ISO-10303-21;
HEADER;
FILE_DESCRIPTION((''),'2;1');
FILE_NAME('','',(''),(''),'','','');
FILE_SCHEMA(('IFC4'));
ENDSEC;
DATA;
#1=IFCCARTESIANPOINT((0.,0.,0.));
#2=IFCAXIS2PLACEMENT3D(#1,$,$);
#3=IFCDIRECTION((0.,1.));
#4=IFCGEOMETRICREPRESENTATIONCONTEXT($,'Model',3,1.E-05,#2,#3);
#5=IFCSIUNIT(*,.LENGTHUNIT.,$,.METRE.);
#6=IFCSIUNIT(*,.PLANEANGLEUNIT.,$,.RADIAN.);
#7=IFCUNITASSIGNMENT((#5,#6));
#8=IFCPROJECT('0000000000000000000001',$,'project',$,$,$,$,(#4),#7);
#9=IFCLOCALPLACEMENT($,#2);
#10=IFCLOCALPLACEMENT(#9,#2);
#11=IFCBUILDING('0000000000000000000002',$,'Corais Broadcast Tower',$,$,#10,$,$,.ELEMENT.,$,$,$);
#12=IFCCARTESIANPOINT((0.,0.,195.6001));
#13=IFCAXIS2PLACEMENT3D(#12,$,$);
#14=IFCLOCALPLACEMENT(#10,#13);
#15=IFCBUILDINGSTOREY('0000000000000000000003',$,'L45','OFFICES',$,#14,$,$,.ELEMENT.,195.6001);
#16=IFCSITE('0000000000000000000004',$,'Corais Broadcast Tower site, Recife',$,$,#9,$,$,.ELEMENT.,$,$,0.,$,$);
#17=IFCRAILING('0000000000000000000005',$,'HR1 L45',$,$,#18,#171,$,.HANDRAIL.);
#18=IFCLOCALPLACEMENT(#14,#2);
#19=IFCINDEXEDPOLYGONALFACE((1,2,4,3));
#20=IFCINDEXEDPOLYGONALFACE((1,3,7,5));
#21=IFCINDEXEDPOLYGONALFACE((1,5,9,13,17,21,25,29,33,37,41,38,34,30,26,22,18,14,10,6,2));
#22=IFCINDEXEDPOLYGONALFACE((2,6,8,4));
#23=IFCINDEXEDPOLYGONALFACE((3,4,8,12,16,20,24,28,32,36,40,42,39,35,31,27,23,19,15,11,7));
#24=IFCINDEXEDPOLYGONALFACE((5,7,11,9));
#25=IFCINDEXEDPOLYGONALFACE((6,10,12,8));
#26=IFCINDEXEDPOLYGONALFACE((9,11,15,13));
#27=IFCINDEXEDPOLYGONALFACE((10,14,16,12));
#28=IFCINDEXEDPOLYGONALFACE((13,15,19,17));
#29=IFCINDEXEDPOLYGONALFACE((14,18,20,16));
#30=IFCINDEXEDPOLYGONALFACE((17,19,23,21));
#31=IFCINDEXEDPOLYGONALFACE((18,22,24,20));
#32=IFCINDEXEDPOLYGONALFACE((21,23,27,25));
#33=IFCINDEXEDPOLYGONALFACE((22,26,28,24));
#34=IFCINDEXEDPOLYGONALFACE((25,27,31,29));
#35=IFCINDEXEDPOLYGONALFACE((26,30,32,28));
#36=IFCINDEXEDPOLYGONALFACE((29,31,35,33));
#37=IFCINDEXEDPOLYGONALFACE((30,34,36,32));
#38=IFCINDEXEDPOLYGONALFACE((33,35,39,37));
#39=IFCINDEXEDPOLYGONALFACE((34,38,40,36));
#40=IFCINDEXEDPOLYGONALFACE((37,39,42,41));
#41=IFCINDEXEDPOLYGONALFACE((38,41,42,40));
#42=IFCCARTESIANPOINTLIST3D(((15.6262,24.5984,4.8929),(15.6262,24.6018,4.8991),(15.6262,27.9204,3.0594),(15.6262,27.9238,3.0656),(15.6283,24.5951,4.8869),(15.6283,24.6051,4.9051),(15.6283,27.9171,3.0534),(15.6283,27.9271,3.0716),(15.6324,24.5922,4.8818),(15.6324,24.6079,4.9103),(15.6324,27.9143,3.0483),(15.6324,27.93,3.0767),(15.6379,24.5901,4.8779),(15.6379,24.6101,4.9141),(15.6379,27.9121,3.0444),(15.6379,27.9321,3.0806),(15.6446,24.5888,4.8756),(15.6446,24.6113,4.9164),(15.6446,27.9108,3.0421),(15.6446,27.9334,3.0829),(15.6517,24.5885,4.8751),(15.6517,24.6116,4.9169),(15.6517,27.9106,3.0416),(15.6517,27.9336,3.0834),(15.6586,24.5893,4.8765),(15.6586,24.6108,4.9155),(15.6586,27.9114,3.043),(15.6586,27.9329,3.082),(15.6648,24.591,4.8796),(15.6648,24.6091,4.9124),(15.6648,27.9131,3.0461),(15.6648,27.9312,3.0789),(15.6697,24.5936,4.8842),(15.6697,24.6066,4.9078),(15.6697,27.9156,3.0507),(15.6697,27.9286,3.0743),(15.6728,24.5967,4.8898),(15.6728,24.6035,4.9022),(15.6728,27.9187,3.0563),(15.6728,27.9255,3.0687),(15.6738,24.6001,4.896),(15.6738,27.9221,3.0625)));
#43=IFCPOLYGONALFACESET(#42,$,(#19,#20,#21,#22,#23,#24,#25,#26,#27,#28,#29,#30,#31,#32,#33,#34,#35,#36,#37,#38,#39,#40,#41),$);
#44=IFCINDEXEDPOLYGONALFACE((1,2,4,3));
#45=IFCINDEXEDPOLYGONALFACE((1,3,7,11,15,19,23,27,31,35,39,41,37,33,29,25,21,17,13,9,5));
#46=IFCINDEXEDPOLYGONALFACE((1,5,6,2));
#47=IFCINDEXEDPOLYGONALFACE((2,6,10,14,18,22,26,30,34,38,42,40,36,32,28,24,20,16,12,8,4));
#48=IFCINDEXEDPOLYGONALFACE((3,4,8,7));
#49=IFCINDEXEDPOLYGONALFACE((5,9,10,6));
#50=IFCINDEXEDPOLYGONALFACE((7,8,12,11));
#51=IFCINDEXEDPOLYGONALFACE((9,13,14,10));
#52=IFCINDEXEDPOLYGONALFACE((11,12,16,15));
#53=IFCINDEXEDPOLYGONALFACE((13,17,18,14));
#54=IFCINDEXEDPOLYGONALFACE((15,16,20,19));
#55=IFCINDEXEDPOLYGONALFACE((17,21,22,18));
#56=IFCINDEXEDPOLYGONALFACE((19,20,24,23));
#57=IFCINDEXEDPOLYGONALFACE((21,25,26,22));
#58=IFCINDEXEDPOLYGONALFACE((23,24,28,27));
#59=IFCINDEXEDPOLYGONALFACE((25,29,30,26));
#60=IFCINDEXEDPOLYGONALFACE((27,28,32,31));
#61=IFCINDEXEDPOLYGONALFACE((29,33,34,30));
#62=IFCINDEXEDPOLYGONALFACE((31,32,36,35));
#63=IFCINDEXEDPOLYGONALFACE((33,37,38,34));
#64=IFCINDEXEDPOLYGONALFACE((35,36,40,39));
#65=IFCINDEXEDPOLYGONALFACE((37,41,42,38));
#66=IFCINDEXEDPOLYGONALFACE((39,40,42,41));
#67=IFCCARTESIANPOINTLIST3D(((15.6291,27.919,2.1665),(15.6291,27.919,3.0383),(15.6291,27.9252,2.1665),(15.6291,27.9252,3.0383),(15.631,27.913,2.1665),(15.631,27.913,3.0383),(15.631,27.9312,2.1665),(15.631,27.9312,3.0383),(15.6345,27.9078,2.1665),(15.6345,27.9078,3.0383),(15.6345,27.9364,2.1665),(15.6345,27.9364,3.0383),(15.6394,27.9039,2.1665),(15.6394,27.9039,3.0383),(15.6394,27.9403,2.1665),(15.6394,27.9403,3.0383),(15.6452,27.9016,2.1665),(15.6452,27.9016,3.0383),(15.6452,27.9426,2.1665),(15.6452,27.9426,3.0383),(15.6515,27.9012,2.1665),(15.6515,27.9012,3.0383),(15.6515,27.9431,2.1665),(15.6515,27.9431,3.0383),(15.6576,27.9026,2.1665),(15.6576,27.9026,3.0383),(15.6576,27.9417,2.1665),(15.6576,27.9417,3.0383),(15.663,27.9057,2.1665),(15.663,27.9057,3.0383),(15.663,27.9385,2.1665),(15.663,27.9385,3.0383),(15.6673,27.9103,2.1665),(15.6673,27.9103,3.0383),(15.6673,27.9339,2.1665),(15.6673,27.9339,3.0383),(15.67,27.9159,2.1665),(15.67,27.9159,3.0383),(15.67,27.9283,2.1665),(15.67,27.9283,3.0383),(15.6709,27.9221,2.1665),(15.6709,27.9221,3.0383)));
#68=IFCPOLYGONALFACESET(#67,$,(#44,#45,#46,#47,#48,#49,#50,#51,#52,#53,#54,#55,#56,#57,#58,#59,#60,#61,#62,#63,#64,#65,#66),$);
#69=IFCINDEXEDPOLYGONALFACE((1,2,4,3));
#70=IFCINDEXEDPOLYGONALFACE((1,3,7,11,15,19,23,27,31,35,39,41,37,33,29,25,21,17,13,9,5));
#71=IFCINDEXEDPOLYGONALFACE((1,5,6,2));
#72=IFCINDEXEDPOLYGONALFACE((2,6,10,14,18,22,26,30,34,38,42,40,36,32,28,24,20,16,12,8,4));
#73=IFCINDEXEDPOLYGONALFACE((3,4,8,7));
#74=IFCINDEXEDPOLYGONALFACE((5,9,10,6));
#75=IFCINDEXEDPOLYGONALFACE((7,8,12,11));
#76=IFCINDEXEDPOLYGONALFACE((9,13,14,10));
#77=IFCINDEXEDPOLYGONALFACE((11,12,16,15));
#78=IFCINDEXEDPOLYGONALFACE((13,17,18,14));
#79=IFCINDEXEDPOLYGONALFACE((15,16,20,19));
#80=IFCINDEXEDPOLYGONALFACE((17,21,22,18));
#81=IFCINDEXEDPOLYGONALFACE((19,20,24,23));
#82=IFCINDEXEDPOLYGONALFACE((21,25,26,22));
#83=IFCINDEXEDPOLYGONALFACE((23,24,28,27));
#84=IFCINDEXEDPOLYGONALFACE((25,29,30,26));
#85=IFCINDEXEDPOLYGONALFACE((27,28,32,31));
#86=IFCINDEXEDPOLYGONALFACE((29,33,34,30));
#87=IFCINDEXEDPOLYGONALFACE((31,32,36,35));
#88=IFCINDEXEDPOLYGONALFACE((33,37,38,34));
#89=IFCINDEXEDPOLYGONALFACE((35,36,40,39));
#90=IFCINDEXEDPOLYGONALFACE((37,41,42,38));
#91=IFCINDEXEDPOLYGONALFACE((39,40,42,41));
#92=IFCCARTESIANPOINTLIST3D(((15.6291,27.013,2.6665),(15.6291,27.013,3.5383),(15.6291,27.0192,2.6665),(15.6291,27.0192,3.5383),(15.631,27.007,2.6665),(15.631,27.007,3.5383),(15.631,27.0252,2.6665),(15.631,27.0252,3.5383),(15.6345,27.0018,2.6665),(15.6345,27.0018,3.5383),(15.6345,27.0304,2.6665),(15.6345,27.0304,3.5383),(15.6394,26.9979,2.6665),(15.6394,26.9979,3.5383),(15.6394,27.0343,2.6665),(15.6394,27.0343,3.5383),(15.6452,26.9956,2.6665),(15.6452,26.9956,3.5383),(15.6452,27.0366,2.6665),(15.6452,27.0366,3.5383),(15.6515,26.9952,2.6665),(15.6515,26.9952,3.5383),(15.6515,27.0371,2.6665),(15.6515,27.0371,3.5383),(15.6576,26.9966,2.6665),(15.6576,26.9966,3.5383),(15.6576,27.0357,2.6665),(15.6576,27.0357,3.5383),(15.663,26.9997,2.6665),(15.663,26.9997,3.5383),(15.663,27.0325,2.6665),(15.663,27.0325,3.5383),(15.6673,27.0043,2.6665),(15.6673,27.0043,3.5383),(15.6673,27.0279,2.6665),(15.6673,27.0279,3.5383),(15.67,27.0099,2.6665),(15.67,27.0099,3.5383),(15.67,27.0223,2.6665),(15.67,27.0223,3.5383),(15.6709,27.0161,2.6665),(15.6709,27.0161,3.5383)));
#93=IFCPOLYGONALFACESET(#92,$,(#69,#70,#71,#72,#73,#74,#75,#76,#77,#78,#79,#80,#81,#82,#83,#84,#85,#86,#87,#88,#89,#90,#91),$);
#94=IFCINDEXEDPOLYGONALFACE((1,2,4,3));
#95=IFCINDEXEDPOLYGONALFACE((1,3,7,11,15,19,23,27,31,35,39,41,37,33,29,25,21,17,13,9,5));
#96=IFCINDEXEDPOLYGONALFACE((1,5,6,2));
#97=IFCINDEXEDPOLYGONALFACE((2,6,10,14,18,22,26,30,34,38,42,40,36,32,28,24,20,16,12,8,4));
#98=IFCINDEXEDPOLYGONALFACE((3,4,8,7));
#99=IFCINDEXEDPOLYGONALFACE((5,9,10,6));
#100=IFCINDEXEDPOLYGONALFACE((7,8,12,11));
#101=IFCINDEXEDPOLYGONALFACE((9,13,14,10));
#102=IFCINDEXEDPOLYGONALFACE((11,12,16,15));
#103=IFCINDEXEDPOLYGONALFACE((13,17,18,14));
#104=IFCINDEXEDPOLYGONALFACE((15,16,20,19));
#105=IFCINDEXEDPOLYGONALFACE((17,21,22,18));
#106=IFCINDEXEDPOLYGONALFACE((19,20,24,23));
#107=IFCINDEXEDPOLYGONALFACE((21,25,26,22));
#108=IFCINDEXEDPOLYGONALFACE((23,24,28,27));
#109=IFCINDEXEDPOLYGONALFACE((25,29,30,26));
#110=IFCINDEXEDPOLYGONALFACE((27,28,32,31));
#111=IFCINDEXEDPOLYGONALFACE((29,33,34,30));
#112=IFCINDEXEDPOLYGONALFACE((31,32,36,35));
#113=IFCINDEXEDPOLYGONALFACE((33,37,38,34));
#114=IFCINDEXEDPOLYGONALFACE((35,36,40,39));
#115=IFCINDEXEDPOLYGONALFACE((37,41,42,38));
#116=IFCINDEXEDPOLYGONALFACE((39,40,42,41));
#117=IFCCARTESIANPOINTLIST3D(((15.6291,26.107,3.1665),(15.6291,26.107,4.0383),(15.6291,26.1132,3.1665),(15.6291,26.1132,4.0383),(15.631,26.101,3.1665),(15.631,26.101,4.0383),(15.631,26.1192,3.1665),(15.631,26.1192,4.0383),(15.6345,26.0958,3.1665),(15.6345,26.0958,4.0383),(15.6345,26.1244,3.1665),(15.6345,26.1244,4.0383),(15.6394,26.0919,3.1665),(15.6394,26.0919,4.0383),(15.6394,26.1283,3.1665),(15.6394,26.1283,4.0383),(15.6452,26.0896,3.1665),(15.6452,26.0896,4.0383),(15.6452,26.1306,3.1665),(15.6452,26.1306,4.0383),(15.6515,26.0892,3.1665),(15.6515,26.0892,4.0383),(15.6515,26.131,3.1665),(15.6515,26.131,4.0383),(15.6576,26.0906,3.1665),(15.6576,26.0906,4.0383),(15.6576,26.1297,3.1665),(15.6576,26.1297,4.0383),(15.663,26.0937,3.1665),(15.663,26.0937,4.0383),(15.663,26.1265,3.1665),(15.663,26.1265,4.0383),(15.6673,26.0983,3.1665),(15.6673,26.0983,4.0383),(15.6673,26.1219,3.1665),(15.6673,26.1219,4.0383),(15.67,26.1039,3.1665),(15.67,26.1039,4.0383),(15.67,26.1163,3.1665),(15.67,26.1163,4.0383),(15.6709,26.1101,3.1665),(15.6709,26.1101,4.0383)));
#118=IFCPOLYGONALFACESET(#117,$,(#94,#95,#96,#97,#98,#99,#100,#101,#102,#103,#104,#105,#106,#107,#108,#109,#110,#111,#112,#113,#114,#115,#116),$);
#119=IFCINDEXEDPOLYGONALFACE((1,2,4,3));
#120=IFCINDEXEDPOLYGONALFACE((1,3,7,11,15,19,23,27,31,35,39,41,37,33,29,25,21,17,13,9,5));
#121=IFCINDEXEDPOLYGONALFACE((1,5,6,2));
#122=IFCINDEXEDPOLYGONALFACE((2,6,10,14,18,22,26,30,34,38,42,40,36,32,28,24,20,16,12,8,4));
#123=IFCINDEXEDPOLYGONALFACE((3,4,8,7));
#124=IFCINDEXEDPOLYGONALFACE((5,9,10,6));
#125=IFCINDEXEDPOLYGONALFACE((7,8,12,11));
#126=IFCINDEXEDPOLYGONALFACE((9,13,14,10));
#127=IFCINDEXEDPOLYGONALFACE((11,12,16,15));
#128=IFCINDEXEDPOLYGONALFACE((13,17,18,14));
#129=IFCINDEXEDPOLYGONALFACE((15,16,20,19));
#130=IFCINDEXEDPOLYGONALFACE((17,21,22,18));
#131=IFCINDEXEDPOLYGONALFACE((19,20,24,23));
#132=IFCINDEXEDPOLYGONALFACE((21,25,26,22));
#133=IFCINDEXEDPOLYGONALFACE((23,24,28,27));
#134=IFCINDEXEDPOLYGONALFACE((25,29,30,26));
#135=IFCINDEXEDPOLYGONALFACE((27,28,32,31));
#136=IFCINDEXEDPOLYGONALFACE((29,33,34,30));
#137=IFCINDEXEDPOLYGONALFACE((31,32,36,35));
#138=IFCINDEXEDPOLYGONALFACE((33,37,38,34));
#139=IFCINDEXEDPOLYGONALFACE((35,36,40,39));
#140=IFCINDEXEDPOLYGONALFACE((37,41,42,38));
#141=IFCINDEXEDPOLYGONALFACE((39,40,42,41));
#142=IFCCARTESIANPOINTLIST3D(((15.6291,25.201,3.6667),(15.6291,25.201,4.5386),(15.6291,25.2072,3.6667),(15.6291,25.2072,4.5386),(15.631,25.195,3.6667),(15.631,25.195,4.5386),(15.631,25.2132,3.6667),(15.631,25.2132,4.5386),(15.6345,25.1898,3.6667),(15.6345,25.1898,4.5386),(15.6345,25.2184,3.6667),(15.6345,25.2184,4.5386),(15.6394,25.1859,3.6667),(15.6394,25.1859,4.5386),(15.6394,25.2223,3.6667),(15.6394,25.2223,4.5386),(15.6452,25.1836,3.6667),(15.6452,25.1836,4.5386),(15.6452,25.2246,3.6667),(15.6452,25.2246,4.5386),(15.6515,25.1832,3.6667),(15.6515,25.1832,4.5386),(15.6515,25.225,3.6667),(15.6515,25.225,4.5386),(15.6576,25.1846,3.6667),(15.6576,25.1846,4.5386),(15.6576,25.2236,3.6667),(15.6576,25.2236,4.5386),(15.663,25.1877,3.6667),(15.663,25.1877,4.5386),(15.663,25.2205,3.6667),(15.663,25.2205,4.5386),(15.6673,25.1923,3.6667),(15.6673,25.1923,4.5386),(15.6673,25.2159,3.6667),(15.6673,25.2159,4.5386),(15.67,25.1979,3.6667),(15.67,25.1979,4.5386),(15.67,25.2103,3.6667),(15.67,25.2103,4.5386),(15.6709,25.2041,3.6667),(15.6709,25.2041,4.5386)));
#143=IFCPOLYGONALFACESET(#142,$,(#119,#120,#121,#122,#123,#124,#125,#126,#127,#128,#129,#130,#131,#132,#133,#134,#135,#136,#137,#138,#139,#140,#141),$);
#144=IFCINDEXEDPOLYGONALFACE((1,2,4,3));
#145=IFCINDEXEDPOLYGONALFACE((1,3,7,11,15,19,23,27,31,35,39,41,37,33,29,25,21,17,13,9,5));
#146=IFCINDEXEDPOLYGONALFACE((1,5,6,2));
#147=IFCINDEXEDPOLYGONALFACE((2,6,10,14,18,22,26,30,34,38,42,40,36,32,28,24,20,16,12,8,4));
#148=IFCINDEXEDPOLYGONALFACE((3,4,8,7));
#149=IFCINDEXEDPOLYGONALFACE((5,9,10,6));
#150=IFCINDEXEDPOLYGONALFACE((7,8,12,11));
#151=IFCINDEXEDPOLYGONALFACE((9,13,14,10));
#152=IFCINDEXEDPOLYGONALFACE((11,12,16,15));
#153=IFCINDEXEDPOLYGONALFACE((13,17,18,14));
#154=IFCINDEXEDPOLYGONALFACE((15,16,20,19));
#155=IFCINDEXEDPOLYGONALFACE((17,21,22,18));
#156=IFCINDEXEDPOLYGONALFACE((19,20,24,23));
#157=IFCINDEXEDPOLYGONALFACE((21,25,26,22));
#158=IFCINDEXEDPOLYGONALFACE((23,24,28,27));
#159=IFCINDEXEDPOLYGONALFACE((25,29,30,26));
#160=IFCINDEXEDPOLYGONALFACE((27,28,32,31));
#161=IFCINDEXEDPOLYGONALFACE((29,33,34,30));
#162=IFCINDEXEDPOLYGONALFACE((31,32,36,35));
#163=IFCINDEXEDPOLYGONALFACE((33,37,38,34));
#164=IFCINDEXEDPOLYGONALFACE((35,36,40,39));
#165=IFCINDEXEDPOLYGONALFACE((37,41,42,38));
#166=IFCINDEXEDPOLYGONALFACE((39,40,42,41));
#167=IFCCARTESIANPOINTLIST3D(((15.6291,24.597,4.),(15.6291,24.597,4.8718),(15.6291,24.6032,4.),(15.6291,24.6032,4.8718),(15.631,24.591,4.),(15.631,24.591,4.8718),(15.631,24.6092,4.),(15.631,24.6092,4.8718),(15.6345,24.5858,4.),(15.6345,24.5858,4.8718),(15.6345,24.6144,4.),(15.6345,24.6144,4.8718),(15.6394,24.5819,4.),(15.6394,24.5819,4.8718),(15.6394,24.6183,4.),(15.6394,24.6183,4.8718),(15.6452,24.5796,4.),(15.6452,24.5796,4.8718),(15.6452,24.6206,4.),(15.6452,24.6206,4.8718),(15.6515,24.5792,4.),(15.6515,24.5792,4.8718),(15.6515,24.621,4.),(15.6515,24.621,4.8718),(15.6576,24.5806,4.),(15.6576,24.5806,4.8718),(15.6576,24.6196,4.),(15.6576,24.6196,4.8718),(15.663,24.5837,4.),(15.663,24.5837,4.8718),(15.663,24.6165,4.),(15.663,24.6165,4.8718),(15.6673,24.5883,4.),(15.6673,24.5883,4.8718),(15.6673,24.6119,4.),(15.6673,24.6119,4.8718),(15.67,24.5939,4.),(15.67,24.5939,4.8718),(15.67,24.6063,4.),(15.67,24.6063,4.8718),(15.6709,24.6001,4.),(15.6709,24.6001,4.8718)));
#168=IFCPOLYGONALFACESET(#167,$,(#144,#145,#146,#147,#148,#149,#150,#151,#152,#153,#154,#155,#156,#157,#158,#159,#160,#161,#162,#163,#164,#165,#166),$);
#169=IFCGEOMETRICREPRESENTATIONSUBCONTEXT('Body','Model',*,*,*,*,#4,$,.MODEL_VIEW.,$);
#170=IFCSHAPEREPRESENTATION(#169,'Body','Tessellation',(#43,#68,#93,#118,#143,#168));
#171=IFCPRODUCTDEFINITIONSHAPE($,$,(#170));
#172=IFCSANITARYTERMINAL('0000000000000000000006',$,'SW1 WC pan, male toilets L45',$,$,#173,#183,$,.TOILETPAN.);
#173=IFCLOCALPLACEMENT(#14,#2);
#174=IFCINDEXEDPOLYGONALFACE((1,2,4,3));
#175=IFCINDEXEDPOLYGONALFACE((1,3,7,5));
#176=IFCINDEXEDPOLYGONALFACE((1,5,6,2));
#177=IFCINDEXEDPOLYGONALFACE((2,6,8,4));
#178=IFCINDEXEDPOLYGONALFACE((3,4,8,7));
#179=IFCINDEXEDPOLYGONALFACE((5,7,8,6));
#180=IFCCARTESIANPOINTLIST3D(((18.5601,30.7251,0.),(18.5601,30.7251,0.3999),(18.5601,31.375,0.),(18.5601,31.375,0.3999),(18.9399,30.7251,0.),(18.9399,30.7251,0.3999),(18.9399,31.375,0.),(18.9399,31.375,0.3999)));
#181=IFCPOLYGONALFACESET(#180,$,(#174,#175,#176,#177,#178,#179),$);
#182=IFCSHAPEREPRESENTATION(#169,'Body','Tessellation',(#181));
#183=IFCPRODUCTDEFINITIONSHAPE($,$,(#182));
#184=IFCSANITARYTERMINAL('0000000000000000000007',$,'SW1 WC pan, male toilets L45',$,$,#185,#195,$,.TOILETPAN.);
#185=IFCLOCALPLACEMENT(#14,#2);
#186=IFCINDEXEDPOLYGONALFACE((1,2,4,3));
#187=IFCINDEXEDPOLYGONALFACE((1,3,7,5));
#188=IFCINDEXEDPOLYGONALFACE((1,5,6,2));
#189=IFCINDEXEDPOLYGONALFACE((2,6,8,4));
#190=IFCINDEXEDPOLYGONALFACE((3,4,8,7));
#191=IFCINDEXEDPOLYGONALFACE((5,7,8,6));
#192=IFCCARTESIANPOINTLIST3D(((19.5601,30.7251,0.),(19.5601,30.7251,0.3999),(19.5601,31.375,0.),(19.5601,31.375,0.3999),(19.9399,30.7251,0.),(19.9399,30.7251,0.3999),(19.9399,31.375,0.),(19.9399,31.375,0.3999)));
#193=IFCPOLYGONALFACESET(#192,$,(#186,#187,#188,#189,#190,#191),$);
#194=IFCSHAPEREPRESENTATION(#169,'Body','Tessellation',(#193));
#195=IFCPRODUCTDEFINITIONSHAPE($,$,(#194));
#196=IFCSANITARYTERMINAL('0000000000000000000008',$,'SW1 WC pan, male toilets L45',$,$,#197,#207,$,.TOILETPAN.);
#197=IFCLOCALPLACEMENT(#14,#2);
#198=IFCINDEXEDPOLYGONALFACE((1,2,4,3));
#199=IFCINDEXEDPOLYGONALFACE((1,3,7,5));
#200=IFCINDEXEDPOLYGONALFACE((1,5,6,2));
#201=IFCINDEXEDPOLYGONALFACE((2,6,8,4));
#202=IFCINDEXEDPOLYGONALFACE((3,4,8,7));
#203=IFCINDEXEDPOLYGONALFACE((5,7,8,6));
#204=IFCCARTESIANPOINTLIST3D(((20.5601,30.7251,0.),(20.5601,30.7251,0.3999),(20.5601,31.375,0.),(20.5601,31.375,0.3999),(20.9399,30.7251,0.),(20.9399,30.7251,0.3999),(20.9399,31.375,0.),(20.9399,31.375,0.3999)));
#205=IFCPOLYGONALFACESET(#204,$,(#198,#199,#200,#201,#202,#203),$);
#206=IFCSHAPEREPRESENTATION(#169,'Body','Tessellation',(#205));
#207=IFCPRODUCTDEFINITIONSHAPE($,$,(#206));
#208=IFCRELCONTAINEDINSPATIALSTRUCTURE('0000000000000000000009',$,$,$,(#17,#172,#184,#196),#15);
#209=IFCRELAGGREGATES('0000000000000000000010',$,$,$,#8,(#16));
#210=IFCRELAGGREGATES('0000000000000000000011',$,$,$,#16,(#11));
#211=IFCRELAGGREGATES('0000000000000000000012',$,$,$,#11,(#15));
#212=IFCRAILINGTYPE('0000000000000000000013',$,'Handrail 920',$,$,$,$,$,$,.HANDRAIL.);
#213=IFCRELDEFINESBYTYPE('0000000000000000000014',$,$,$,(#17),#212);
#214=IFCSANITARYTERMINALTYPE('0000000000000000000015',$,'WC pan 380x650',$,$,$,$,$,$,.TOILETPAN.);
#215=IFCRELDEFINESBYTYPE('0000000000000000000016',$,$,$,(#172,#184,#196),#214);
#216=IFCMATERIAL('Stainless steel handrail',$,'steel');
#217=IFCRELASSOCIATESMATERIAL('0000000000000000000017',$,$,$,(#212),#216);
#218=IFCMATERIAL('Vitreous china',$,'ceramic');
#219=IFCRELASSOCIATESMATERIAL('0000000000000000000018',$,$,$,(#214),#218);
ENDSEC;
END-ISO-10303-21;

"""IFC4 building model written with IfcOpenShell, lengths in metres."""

from ifc_helpers import new_model, si_unit, direction, frame, origin, origin_2d, place, context, subcontext, project, spatial, rectangle, circle, extrude, material, type_object, element, save


model = new_model("IFC4")

# Units and contexts
model_context = context("Model", 3, precision=1e-05, world=origin(), true_north=direction((0.0, 1.0)))
body_context = subcontext(model_context, "Body", "Model", "MODEL_VIEW")
ifc_project = project(units=[si_unit("LENGTHUNIT", "METRE"), si_unit("PLANEANGLEUNIT", "RADIAN")], contexts=[model_context])

# Site, building, storey
site_placement = place(None, origin())
site = spatial("IfcSite", under=ifc_project, at=site_placement, Name="Corais Broadcast Tower site, Recife", CompositionType="ELEMENT", RefElevation=0.0)
building_placement = place(site_placement, origin())
building = spatial("IfcBuilding", under=site, at=building_placement, Name="Corais Broadcast Tower", CompositionType="ELEMENT")
storey_placement = place(building_placement, frame((0.0, 0.0, 195.6001)))
storey = spatial("IfcBuildingStorey", under=building, at=storey_placement, Name="L45", Description="OFFICES", CompositionType="ELEMENT", Elevation=195.6001)

# Railing
ifc_material_1 = material(Name="Stainless steel handrail", Category="steel")
railing_type = type_object("IfcRailingType", Name="Handrail 920", PredefinedType="HANDRAIL", material=ifc_material_1)
for number, where, name in (
    (1, (15.6499, 27.9221, 2.1665), "HR1 L45"),
):
    element("IfcRailing", number, at=place(storey_placement, frame(where)), inside=storey, type_object=railing_type, Name=name, PredefinedType="HANDRAIL", context=body_context, shape_type="SweptSolid", body=[
        extrude(circle(Radius=0.0239, at=origin_2d()), frame((0.0, 0.0, 0.896), z_axis=(0.0, -0.875504, 0.48321), x_axis=(1.0, 0.0, 0.0)), (0.0, 0.0, 1.0), 3.7944),
        extrude(circle(Radius=0.021, at=origin_2d()), origin(), (0.0, 0.0, 1.0), 0.8718),
        extrude(circle(Radius=0.021, at=origin_2d()), frame((0.0, -0.906, 0.5)), (0.0, 0.0, 1.0), 0.8718),
        extrude(circle(Radius=0.021, at=origin_2d()), frame((0.0, -1.812, 1.0)), (0.0, 0.0, 1.0), 0.8718),
        extrude(circle(Radius=0.021, at=origin_2d()), frame((0.0, -2.718, 1.5002)), (0.0, 0.0, 1.0), 0.8718),
        extrude(circle(Radius=0.021, at=origin_2d()), frame((0.0, -3.322, 1.8335)), (0.0, 0.0, 1.0), 0.8718),
    ])

# Sanitary terminals
ifc_material_2 = material(Name="Vitreous china", Category="ceramic")
sanitary_terminal_type = type_object("IfcSanitaryTerminalType", Name="WC pan 380x650", PredefinedType="TOILETPAN", material=ifc_material_2)
for number, where, z_axis, x_axis, name in (
    (2, (18.75, 31.05, 0.0), (0.0, 0.0, 1.0), (1.0, 0.0, 0.0), "SW1 WC pan, male toilets L45"),
    (3, (19.75, 31.05, 0.0), (0.0, 0.0, 1.0), (1.0, 0.0, 0.0), "SW1 WC pan, male toilets L45"),
    (4, (20.75, 31.05, 0.0), (0.0, 0.0, 1.0), (1.0, 0.0, 0.0), "SW1 WC pan, male toilets L45"),
):
    element("IfcSanitaryTerminal", number, at=place(storey_placement, frame(where, z_axis=z_axis, x_axis=x_axis)), inside=storey, type_object=sanitary_terminal_type, Name=name, PredefinedType="TOILETPAN", context=body_context, shape_type="SweptSolid", body=[
        extrude(rectangle(XDim=0.3799, YDim=0.6499, at=origin_2d()), origin(), (0.0, 0.0, 1.0), 0.3999),
    ])

save(model, "model.ifc")
